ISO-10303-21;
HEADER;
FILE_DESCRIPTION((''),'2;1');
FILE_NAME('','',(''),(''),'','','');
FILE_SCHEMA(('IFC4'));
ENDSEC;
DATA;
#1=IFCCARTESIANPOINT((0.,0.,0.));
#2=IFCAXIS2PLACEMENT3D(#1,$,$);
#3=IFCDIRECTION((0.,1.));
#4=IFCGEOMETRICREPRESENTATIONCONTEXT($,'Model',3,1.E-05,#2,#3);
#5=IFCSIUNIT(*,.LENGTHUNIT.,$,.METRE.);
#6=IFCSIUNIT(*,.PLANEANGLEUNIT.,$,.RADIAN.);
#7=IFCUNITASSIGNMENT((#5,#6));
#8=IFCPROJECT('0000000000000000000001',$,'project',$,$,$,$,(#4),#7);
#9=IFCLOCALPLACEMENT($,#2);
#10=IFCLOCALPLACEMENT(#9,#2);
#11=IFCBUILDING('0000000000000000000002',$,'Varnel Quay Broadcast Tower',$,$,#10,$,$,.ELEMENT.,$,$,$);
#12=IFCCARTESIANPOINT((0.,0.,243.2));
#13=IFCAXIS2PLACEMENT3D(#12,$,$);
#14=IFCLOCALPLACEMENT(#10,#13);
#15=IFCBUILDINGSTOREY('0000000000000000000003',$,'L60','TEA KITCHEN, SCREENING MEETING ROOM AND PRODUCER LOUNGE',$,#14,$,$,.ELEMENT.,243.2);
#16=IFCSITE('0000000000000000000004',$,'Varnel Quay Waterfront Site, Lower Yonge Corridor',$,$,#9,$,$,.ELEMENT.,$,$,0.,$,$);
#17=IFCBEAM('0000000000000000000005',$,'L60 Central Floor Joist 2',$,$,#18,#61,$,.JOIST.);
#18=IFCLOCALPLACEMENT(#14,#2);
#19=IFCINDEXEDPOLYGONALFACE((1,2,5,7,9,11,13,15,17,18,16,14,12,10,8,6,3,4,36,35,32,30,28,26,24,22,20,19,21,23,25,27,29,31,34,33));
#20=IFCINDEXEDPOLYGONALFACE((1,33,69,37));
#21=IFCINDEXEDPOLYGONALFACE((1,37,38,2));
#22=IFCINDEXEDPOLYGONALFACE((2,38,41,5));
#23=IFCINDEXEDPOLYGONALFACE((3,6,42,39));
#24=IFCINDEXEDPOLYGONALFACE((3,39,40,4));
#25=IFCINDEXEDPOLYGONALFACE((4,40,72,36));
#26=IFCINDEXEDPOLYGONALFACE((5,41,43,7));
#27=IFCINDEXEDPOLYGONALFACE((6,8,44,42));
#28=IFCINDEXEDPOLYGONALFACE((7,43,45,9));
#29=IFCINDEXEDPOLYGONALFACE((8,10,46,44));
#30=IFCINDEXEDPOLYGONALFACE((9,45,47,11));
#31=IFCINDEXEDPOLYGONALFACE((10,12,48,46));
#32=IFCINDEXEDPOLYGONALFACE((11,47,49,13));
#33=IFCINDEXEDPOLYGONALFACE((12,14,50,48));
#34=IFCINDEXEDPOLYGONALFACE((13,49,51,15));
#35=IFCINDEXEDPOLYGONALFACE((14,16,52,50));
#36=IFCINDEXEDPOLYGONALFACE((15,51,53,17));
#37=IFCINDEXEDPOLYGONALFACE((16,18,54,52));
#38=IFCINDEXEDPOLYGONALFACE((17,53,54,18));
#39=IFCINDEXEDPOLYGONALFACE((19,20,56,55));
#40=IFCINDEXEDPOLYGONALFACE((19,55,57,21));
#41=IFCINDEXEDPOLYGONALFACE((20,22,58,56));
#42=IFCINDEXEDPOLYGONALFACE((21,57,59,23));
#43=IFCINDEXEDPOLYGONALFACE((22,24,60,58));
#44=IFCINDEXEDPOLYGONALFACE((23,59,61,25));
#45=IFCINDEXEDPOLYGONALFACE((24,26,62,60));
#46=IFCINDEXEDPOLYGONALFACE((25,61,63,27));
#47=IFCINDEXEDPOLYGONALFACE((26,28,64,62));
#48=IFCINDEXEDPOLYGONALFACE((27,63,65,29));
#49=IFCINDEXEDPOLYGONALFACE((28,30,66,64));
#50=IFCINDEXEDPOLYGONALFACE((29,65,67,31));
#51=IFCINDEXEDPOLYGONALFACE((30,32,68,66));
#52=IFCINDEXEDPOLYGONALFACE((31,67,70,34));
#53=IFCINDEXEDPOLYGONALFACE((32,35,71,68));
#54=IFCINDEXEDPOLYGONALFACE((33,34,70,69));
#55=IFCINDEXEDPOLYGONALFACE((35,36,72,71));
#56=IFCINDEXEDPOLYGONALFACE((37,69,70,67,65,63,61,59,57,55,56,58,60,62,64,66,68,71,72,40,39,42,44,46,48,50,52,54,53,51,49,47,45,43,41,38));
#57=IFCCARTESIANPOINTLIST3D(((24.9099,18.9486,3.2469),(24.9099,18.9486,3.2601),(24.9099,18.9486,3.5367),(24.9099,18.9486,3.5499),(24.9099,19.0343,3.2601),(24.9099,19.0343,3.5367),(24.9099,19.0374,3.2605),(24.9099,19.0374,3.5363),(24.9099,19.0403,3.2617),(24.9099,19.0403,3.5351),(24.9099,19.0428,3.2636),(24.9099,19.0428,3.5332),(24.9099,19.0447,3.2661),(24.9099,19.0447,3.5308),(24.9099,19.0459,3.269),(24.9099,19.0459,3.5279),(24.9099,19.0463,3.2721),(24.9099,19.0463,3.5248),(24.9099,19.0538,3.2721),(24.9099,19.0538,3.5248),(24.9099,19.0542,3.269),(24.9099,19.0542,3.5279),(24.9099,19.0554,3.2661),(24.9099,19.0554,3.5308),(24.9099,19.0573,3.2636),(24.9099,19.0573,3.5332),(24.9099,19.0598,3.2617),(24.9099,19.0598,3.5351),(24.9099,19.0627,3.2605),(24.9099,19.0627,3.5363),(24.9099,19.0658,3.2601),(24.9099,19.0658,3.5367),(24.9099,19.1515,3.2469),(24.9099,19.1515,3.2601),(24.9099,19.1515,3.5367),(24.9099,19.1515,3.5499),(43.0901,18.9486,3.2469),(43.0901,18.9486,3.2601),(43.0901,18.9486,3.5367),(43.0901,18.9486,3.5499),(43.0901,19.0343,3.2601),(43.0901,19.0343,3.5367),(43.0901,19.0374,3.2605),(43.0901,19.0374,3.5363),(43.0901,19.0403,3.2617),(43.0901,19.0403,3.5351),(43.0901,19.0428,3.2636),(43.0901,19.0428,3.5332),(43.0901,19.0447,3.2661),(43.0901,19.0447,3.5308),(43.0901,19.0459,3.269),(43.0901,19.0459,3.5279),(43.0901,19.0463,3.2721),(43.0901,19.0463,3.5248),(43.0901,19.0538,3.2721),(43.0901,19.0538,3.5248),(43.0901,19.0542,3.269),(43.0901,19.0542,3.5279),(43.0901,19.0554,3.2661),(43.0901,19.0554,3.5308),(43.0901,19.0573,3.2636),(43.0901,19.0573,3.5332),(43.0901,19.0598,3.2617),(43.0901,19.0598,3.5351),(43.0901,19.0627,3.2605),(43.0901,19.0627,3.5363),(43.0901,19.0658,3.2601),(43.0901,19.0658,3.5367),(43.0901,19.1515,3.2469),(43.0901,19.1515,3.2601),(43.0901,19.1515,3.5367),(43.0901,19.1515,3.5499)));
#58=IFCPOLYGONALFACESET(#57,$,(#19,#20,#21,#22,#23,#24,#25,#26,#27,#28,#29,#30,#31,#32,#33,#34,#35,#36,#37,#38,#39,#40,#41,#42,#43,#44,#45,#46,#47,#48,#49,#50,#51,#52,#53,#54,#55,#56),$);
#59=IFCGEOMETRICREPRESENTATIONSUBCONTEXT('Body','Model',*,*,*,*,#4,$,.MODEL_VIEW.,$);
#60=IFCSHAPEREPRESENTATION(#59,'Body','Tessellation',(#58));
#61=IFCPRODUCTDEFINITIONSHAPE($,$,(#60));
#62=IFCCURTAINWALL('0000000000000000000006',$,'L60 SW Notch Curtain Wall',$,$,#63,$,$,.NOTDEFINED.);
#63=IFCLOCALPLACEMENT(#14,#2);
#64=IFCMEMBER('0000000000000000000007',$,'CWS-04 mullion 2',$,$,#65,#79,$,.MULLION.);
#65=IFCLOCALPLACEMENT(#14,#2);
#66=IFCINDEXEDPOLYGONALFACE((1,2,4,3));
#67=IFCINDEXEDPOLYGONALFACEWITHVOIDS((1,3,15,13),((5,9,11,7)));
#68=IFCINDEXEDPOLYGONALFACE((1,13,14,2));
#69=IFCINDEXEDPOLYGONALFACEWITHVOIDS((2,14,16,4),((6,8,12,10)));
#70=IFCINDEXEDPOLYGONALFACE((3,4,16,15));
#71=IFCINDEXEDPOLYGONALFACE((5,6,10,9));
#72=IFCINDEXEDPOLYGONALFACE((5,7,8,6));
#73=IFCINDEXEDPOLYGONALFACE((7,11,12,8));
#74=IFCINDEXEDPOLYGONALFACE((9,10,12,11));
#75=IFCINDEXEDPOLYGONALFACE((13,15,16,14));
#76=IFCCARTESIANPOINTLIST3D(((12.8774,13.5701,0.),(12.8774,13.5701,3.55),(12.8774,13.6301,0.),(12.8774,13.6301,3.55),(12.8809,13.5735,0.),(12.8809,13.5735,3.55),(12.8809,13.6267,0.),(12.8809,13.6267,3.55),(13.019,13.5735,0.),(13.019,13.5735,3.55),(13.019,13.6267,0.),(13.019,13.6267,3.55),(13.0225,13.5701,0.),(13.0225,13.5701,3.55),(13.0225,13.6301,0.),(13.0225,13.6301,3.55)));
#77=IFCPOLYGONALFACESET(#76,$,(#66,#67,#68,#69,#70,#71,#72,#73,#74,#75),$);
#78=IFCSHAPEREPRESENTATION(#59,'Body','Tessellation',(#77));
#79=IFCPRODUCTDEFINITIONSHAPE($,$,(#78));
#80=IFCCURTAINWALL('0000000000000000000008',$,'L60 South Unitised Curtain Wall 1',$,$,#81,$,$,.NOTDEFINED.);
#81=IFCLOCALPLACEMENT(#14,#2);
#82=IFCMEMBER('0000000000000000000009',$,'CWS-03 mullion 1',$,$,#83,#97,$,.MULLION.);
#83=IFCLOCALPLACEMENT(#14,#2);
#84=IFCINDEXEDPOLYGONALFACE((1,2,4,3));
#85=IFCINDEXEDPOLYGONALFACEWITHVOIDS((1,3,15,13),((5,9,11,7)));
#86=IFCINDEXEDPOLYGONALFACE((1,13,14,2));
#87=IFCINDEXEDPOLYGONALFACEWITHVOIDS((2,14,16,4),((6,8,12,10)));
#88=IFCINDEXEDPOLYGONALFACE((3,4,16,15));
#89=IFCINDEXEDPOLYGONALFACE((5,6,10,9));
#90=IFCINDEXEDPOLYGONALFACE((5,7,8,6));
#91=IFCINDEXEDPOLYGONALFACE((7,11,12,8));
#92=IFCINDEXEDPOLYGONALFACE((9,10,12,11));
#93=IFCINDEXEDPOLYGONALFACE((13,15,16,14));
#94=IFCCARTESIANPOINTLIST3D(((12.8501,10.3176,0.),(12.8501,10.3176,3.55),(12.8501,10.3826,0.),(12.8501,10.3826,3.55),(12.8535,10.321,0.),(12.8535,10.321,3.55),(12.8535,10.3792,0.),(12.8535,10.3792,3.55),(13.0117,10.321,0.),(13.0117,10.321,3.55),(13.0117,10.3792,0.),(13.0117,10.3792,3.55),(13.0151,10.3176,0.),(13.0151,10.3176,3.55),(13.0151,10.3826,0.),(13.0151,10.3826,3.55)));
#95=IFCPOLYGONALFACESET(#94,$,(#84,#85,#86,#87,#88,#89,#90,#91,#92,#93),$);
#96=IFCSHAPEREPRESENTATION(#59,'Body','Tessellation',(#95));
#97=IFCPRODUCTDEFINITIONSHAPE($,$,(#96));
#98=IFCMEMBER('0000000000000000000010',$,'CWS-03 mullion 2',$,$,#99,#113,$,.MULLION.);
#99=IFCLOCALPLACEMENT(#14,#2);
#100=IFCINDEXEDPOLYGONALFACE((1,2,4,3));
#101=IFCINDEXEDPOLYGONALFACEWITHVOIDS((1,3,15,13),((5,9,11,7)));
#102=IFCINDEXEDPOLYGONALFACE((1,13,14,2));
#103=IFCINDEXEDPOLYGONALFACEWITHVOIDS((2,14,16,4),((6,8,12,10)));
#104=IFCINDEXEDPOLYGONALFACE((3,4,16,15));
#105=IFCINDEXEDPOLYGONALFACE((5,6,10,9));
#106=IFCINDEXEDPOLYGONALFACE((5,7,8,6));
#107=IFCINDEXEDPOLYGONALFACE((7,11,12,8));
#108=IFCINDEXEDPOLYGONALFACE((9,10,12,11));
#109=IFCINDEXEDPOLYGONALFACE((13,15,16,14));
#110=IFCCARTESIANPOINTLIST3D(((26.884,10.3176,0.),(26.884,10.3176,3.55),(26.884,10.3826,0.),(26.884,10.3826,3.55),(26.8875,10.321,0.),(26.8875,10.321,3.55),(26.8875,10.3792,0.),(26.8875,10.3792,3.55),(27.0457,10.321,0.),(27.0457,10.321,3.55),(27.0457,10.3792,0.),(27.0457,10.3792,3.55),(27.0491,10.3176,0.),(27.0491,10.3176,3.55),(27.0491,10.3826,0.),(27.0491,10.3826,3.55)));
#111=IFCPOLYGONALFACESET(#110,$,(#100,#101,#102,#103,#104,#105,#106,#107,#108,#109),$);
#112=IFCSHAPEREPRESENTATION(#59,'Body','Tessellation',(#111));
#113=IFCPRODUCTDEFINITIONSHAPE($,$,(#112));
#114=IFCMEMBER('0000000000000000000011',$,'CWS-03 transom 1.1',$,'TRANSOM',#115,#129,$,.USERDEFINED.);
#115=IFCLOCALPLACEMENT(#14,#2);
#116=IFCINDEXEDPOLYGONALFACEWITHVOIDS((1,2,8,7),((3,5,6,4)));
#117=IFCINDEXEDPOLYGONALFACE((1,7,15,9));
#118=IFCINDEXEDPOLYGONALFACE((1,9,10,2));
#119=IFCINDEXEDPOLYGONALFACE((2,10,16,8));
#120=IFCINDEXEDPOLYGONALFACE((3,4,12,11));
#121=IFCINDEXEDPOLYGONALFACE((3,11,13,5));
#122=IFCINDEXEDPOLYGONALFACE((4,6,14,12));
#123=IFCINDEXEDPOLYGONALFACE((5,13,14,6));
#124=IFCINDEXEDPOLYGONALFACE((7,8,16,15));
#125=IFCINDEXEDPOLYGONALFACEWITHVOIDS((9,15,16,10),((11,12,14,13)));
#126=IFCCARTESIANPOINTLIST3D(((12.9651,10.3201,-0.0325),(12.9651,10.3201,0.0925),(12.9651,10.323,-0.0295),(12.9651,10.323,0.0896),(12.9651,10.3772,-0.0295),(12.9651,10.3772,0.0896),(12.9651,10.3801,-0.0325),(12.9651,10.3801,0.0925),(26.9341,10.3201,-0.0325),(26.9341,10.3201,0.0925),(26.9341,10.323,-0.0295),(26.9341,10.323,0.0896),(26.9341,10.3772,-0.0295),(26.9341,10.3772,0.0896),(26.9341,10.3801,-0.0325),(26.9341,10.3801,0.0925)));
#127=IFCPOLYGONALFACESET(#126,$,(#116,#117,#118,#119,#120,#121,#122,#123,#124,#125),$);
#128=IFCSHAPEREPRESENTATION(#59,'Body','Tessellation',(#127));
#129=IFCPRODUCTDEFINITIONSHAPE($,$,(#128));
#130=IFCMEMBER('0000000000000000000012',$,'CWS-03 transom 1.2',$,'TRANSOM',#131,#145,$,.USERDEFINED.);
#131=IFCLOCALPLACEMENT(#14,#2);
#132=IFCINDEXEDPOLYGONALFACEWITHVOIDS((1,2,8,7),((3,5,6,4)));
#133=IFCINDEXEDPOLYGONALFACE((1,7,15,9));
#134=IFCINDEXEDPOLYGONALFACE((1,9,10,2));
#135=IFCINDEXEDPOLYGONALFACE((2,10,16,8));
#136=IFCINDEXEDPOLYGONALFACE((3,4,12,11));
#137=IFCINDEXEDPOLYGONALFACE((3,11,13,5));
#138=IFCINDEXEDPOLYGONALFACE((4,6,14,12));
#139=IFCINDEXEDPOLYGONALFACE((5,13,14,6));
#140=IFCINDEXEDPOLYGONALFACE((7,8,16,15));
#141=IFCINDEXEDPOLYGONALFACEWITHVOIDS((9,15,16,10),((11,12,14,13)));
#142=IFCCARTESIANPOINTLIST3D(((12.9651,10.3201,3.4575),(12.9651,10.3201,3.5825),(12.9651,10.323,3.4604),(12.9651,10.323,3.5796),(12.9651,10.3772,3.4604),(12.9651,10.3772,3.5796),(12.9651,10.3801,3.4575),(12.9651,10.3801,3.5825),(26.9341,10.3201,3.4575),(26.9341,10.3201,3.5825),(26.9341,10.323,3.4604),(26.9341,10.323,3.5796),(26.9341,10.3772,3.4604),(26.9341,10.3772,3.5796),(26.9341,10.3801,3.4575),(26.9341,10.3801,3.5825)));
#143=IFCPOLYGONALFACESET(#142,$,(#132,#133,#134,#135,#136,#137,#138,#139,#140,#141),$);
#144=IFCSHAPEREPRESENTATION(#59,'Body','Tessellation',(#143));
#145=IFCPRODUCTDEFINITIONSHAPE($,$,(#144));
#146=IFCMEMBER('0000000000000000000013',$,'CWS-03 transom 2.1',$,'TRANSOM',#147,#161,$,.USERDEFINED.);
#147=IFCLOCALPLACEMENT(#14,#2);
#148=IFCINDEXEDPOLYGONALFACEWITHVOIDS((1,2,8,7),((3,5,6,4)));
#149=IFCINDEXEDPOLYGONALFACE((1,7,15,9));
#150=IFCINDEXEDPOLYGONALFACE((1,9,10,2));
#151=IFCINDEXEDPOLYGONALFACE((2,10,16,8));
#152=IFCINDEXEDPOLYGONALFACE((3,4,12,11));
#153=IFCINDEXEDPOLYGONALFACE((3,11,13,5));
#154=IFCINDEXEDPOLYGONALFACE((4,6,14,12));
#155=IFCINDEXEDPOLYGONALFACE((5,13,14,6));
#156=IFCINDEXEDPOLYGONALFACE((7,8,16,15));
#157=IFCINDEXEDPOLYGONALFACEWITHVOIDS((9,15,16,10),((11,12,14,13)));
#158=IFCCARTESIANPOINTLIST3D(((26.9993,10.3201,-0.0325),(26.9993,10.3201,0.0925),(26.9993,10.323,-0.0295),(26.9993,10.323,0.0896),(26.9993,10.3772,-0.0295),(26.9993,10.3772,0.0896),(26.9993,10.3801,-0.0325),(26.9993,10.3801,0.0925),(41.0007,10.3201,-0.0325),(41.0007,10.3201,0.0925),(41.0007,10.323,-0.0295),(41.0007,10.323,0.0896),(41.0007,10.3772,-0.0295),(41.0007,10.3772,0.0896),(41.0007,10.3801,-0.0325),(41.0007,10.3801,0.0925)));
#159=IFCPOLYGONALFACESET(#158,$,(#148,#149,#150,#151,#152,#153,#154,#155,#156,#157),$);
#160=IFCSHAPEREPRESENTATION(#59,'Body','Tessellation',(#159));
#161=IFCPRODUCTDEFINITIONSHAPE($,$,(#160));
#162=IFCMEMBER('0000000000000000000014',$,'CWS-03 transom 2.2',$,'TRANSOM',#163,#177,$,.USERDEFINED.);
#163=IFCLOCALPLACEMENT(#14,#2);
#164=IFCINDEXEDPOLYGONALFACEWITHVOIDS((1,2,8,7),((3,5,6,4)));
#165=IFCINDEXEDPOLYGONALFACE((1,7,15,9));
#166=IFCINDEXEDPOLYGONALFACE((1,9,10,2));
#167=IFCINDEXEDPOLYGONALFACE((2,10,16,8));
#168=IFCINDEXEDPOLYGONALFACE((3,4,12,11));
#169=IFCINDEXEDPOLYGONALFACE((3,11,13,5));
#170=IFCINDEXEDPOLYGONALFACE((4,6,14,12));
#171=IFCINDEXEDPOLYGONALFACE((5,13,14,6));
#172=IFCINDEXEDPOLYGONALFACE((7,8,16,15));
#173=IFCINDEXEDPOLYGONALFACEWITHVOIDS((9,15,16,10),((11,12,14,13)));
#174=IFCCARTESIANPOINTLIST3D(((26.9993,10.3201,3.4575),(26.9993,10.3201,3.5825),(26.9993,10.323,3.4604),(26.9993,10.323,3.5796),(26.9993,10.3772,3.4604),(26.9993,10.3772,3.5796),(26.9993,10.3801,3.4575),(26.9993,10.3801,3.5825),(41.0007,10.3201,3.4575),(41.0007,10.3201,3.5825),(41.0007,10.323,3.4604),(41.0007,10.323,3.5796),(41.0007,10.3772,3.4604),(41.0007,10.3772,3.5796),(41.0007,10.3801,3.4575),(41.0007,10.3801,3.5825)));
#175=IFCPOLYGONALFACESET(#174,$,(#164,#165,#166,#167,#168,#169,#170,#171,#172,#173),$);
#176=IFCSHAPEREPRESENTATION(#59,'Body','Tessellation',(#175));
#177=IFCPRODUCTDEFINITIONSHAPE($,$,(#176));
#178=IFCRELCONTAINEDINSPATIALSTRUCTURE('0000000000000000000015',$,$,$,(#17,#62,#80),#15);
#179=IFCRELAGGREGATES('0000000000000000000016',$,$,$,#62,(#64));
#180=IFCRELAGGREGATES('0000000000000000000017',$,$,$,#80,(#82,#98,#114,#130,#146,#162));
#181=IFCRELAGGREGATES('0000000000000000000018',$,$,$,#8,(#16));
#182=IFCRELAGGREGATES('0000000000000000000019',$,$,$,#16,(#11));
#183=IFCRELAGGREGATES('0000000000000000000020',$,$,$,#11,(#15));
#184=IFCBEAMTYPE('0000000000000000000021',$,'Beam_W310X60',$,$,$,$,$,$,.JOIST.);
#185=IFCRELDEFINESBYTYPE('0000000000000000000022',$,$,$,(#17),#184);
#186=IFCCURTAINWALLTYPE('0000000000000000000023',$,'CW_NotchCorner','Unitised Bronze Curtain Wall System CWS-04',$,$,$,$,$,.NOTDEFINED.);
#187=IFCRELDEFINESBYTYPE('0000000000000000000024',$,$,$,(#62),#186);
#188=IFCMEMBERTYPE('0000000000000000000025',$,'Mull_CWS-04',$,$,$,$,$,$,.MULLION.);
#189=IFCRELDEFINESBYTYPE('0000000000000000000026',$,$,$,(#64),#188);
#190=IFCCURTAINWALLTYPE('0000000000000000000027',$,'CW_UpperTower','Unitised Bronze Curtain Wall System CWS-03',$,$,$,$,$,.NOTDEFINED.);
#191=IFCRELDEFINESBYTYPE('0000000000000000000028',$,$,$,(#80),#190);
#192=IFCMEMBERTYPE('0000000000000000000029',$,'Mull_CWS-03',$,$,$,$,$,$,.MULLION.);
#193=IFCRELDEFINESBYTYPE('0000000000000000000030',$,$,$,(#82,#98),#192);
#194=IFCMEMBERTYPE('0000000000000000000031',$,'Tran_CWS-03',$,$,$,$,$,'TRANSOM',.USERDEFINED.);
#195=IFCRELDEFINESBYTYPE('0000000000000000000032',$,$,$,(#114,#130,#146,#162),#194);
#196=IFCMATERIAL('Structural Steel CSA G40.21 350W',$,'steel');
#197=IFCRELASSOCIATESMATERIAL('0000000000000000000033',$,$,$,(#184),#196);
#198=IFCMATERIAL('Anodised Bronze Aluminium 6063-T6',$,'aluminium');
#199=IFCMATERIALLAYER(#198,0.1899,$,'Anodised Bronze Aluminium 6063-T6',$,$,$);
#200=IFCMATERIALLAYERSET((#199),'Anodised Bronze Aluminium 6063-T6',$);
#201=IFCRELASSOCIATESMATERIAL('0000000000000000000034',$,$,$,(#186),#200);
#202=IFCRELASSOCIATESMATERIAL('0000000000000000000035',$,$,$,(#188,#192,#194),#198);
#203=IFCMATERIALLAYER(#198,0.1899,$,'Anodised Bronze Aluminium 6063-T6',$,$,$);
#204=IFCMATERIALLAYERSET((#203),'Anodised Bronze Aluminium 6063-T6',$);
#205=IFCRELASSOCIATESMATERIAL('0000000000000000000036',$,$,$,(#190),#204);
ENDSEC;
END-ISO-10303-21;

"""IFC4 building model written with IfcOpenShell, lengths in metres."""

from ifc_helpers import new_model, si_unit, direction, frame, origin, origin_2d, place, context, subcontext, project, spatial, hollow_rectangle, i_section, extrude, source, transform, mapped, material, layer, layer_set, material_profile, profile_set, type_object, type_shapes, element, aggregate, save


model = new_model("IFC4")

# Units and contexts
model_context = context("Model", 3, precision=1e-05, world=origin(), true_north=direction((0.0, 1.0)))
body_context = subcontext(model_context, "Body", "Model", "MODEL_VIEW")
ifc_project = project(units=[si_unit("LENGTHUNIT", "METRE"), si_unit("PLANEANGLEUNIT", "RADIAN")], contexts=[model_context])

# Site, building, storey
site_placement = place(None, origin())
site = spatial("IfcSite", under=ifc_project, at=site_placement, Name="Varnel Quay Waterfront Site, Lower Yonge Corridor", CompositionType="ELEMENT", RefElevation=0.0)
building_placement = place(site_placement, origin())
building = spatial("IfcBuilding", under=site, at=building_placement, Name="Varnel Quay Broadcast Tower", CompositionType="ELEMENT")
storey_placement = place(building_placement, frame((0.0, 0.0, 243.2)))
storey = spatial("IfcBuildingStorey", under=building, at=storey_placement, Name="L60", Description="TEA KITCHEN, SCREENING MEETING ROOM AND PRODUCER LOUNGE", CompositionType="ELEMENT", Elevation=243.2)

# Shared definitions
ifc_material_1 = material(Name="Structural Steel CSA G40.21 350W", Category="steel")

# Beam
ifc_material_profile_1 = material_profile(ifc_material_1, i_section(OverallWidth=0.2029, OverallDepth=0.303, WebThickness=0.0076, FlangeThickness=0.0132, FilletRadius=0.012, at=origin_2d()), Name="W310X60")
ifc_profile_set_1 = profile_set([ifc_material_profile_1], Name="Structural Steel CSA G40.21 350W")
beam_type_1 = type_object("IfcBeamType", Name="Beam_W310X60", PredefinedType="JOIST", material=ifc_profile_set_1)
shared_shape_1 = source(origin(), body_context, "Body", "SweptSolid", [
    extrude(i_section(OverallWidth=0.2029, OverallDepth=0.303, WebThickness=0.0076, FlangeThickness=0.0132, FilletRadius=0.012, at=origin_2d()), origin(), (0.0, 0.0, 1.0), 18.1802),
])
type_shapes(beam_type_1, [shared_shape_1])
beam_1_placement = place(storey_placement, frame((24.9099, 19.05, 3.3984), z_axis=(1.0, 0.0, 0.0), x_axis=(0.0, 1.0, 0.0)))
element("IfcBeam", 1, at=beam_1_placement, inside=storey, type_object=beam_type_1, Name="L60 Central Floor Joist 2", PredefinedType="JOIST", context=body_context, shape_type="MappedRepresentation", body=[
    mapped(shared_shape_1, transform((0.0, 0.0, 0.0), x_axis=(1.0, 0.0, 0.0), y_axis=(0.0, 1.0, 0.0), z_axis=(0.0, 0.0, 1.0), scale=1.0)),
])

# Curtain wall, member
ifc_material_2 = material(Name="Anodised Bronze Aluminium 6063-T6", Category="aluminium")
ifc_layer_1 = layer(ifc_material_2, 0.1899, Name="Anodised Bronze Aluminium 6063-T6")
ifc_layer_set_1 = layer_set([ifc_layer_1], Name="Anodised Bronze Aluminium 6063-T6")
curtain_wall_type_1 = type_object("IfcCurtainWallType", Name="CW_NotchCorner", Description="Unitised Bronze Curtain Wall System CWS-04", PredefinedType="NOTDEFINED", material=ifc_layer_set_1)
curtain_wall_1_placement = place(storey_placement, origin())
curtain_wall_1 = element("IfcCurtainWall", 2, at=curtain_wall_1_placement, inside=storey, type_object=curtain_wall_type_1, Name="L60 SW Notch Curtain Wall", PredefinedType="NOTDEFINED")
ifc_material_profile_2 = material_profile(ifc_material_2, hollow_rectangle(XDim=0.0601, YDim=0.145, WallThickness=0.0034, at=origin_2d()), Name="ALU60X145X3.5")
ifc_profile_set_2 = profile_set([ifc_material_profile_2], Name="Anodised Bronze Aluminium 6063-T6")
member_type_1 = type_object("IfcMemberType", Name="Mull_CWS-04", PredefinedType="MULLION", material=ifc_profile_set_2)
shared_shape_2 = source(origin(), body_context, "Body", "SweptSolid", [
    extrude(hollow_rectangle(XDim=0.0601, YDim=0.145, WallThickness=0.0034, at=origin_2d()), origin(), (0.0, 0.0, 1.0), 3.55),
])
type_shapes(member_type_1, [shared_shape_2])
member_1_placement = place(storey_placement, frame((12.95, 13.6001, 0.0), z_axis=(0.0, 0.0, 1.0), x_axis=(0.0, 1.0, 0.0)))
member_1 = element("IfcMember", 3, at=member_1_placement, type_object=member_type_1, Name="CWS-04 mullion 2", PredefinedType="MULLION", context=body_context, shape_type="MappedRepresentation", body=[
    mapped(shared_shape_2, transform((0.0, 0.0, 0.0), x_axis=(1.0, 0.0, 0.0), y_axis=(0.0, 1.0, 0.0), z_axis=(0.0, 0.0, 1.0), scale=1.0)),
])

# Curtain wall, members
ifc_layer_2 = layer(ifc_material_2, 0.1899, Name="Anodised Bronze Aluminium 6063-T6")
ifc_layer_set_2 = layer_set([ifc_layer_2], Name="Anodised Bronze Aluminium 6063-T6")
curtain_wall_type_2 = type_object("IfcCurtainWallType", Name="CW_UpperTower", Description="Unitised Bronze Curtain Wall System CWS-03", PredefinedType="NOTDEFINED", material=ifc_layer_set_2)
curtain_wall_2_placement = place(storey_placement, origin())
curtain_wall_2 = element("IfcCurtainWall", 4, at=curtain_wall_2_placement, inside=storey, type_object=curtain_wall_type_2, Name="L60 South Unitised Curtain Wall 1", PredefinedType="NOTDEFINED")
ifc_material_profile_3 = material_profile(ifc_material_2, hollow_rectangle(XDim=0.0649, YDim=0.165, WallThickness=0.0034, at=origin_2d()), Name="ALU65X165X3.5")
ifc_profile_set_3 = profile_set([ifc_material_profile_3], Name="Anodised Bronze Aluminium 6063-T6")
member_type_2 = type_object("IfcMemberType", Name="Mull_CWS-03", PredefinedType="MULLION", material=ifc_profile_set_3)
shared_shape_3 = source(origin(), body_context, "Body", "SweptSolid", [
    extrude(hollow_rectangle(XDim=0.0649, YDim=0.165, WallThickness=0.0034, at=origin_2d()), origin(), (0.0, 0.0, 1.0), 3.55),
])
type_shapes(member_type_2, [shared_shape_3])
member_2_placement = place(storey_placement, frame((12.9326, 10.3501, 0.0), z_axis=(0.0, 0.0, 1.0), x_axis=(0.0, 1.0, 0.0)))
member_2 = element("IfcMember", 5, at=member_2_placement, type_object=member_type_2, Name="CWS-03 mullion 1", PredefinedType="MULLION", context=body_context, shape_type="MappedRepresentation", body=[
    mapped(shared_shape_3, transform((0.0, 0.0, 0.0), x_axis=(1.0, 0.0, 0.0), y_axis=(0.0, 1.0, 0.0), z_axis=(0.0, 0.0, 1.0), scale=1.0)),
])
member_3_placement = place(storey_placement, frame((26.9666, 10.3501, 0.0), z_axis=(0.0, 0.0, 1.0), x_axis=(0.0, 1.0, 0.0)))
member_3 = element("IfcMember", 6, at=member_3_placement, type_object=member_type_2, Name="CWS-03 mullion 2", PredefinedType="MULLION", context=body_context, shape_type="MappedRepresentation", body=[
    mapped(shared_shape_3, transform((0.0, 0.0, 0.0), x_axis=(1.0, 0.0, 0.0), y_axis=(0.0, 1.0, 0.0), z_axis=(0.0, 0.0, 1.0), scale=1.0)),
])
ifc_material_profile_4 = material_profile(ifc_material_2, hollow_rectangle(XDim=0.0601, YDim=0.125, WallThickness=0.0029, at=origin_2d()), Name="ALU60X125X3")
ifc_profile_set_4 = profile_set([ifc_material_profile_4], Name="Anodised Bronze Aluminium 6063-T6")
member_type_3 = type_object("IfcMemberType", Name="Tran_CWS-03", ElementType="TRANSOM", PredefinedType="USERDEFINED", material=ifc_profile_set_4)
shared_shape_4 = source(origin(), body_context, "Body", "SweptSolid", [
    extrude(hollow_rectangle(XDim=0.0601, YDim=0.125, WallThickness=0.0029, at=origin_2d()), origin(), (0.0, 0.0, 1.0), 13.969),
])
member_4_placement = place(storey_placement, frame((12.9651, 10.3501, 0.03), z_axis=(1.0, 0.0, 0.0), x_axis=(0.0, 1.0, 0.0)))
member_4 = element("IfcMember", 7, at=member_4_placement, type_object=member_type_3, Name="CWS-03 transom 1.1", ObjectType="TRANSOM", PredefinedType="USERDEFINED", context=body_context, shape_type="MappedRepresentation", body=[
    mapped(shared_shape_4, transform((0.0, 0.0, 0.0), x_axis=(1.0, 0.0, 0.0), y_axis=(0.0, 1.0, 0.0), z_axis=(0.0, 0.0, 1.0), scale=1.0)),
])
member_5_placement = place(storey_placement, frame((12.9651, 10.3501, 3.52), z_axis=(1.0, 0.0, 0.0), x_axis=(0.0, 1.0, 0.0)))
member_5 = element("IfcMember", 8, at=member_5_placement, type_object=member_type_3, Name="CWS-03 transom 1.2", ObjectType="TRANSOM", PredefinedType="USERDEFINED", context=body_context, shape_type="MappedRepresentation", body=[
    mapped(shared_shape_4, transform((0.0, 0.0, 0.0), x_axis=(1.0, 0.0, 0.0), y_axis=(0.0, 1.0, 0.0), z_axis=(0.0, 0.0, 1.0), scale=1.0)),
])
shared_shape_5 = source(origin(), body_context, "Body", "SweptSolid", [
    extrude(hollow_rectangle(XDim=0.0601, YDim=0.125, WallThickness=0.0029, at=origin_2d()), origin(), (0.0, 0.0, 1.0), 14.0015),
])
type_shapes(member_type_3, [shared_shape_4, shared_shape_5])
member_6_placement = place(storey_placement, frame((26.9993, 10.3501, 0.03), z_axis=(1.0, 0.0, 0.0), x_axis=(0.0, 1.0, 0.0)))
member_6 = element("IfcMember", 9, at=member_6_placement, type_object=member_type_3, Name="CWS-03 transom 2.1", ObjectType="TRANSOM", PredefinedType="USERDEFINED", context=body_context, shape_type="MappedRepresentation", body=[
    mapped(shared_shape_5, transform((0.0, 0.0, 0.0), x_axis=(1.0, 0.0, 0.0), y_axis=(0.0, 1.0, 0.0), z_axis=(0.0, 0.0, 1.0), scale=1.0)),
])
member_7_placement = place(storey_placement, frame((26.9993, 10.3501, 3.52), z_axis=(1.0, 0.0, 0.0), x_axis=(0.0, 1.0, 0.0)))
member_7 = element("IfcMember", 10, at=member_7_placement, type_object=member_type_3, Name="CWS-03 transom 2.2", ObjectType="TRANSOM", PredefinedType="USERDEFINED", context=body_context, shape_type="MappedRepresentation", body=[
    mapped(shared_shape_5, transform((0.0, 0.0, 0.0), x_axis=(1.0, 0.0, 0.0), y_axis=(0.0, 1.0, 0.0), z_axis=(0.0, 0.0, 1.0), scale=1.0)),
])

aggregate(curtain_wall_1, [member_1])
aggregate(curtain_wall_2, [member_2, member_3, member_4, member_5, member_6, member_7])

save(model, "model.ifc")
